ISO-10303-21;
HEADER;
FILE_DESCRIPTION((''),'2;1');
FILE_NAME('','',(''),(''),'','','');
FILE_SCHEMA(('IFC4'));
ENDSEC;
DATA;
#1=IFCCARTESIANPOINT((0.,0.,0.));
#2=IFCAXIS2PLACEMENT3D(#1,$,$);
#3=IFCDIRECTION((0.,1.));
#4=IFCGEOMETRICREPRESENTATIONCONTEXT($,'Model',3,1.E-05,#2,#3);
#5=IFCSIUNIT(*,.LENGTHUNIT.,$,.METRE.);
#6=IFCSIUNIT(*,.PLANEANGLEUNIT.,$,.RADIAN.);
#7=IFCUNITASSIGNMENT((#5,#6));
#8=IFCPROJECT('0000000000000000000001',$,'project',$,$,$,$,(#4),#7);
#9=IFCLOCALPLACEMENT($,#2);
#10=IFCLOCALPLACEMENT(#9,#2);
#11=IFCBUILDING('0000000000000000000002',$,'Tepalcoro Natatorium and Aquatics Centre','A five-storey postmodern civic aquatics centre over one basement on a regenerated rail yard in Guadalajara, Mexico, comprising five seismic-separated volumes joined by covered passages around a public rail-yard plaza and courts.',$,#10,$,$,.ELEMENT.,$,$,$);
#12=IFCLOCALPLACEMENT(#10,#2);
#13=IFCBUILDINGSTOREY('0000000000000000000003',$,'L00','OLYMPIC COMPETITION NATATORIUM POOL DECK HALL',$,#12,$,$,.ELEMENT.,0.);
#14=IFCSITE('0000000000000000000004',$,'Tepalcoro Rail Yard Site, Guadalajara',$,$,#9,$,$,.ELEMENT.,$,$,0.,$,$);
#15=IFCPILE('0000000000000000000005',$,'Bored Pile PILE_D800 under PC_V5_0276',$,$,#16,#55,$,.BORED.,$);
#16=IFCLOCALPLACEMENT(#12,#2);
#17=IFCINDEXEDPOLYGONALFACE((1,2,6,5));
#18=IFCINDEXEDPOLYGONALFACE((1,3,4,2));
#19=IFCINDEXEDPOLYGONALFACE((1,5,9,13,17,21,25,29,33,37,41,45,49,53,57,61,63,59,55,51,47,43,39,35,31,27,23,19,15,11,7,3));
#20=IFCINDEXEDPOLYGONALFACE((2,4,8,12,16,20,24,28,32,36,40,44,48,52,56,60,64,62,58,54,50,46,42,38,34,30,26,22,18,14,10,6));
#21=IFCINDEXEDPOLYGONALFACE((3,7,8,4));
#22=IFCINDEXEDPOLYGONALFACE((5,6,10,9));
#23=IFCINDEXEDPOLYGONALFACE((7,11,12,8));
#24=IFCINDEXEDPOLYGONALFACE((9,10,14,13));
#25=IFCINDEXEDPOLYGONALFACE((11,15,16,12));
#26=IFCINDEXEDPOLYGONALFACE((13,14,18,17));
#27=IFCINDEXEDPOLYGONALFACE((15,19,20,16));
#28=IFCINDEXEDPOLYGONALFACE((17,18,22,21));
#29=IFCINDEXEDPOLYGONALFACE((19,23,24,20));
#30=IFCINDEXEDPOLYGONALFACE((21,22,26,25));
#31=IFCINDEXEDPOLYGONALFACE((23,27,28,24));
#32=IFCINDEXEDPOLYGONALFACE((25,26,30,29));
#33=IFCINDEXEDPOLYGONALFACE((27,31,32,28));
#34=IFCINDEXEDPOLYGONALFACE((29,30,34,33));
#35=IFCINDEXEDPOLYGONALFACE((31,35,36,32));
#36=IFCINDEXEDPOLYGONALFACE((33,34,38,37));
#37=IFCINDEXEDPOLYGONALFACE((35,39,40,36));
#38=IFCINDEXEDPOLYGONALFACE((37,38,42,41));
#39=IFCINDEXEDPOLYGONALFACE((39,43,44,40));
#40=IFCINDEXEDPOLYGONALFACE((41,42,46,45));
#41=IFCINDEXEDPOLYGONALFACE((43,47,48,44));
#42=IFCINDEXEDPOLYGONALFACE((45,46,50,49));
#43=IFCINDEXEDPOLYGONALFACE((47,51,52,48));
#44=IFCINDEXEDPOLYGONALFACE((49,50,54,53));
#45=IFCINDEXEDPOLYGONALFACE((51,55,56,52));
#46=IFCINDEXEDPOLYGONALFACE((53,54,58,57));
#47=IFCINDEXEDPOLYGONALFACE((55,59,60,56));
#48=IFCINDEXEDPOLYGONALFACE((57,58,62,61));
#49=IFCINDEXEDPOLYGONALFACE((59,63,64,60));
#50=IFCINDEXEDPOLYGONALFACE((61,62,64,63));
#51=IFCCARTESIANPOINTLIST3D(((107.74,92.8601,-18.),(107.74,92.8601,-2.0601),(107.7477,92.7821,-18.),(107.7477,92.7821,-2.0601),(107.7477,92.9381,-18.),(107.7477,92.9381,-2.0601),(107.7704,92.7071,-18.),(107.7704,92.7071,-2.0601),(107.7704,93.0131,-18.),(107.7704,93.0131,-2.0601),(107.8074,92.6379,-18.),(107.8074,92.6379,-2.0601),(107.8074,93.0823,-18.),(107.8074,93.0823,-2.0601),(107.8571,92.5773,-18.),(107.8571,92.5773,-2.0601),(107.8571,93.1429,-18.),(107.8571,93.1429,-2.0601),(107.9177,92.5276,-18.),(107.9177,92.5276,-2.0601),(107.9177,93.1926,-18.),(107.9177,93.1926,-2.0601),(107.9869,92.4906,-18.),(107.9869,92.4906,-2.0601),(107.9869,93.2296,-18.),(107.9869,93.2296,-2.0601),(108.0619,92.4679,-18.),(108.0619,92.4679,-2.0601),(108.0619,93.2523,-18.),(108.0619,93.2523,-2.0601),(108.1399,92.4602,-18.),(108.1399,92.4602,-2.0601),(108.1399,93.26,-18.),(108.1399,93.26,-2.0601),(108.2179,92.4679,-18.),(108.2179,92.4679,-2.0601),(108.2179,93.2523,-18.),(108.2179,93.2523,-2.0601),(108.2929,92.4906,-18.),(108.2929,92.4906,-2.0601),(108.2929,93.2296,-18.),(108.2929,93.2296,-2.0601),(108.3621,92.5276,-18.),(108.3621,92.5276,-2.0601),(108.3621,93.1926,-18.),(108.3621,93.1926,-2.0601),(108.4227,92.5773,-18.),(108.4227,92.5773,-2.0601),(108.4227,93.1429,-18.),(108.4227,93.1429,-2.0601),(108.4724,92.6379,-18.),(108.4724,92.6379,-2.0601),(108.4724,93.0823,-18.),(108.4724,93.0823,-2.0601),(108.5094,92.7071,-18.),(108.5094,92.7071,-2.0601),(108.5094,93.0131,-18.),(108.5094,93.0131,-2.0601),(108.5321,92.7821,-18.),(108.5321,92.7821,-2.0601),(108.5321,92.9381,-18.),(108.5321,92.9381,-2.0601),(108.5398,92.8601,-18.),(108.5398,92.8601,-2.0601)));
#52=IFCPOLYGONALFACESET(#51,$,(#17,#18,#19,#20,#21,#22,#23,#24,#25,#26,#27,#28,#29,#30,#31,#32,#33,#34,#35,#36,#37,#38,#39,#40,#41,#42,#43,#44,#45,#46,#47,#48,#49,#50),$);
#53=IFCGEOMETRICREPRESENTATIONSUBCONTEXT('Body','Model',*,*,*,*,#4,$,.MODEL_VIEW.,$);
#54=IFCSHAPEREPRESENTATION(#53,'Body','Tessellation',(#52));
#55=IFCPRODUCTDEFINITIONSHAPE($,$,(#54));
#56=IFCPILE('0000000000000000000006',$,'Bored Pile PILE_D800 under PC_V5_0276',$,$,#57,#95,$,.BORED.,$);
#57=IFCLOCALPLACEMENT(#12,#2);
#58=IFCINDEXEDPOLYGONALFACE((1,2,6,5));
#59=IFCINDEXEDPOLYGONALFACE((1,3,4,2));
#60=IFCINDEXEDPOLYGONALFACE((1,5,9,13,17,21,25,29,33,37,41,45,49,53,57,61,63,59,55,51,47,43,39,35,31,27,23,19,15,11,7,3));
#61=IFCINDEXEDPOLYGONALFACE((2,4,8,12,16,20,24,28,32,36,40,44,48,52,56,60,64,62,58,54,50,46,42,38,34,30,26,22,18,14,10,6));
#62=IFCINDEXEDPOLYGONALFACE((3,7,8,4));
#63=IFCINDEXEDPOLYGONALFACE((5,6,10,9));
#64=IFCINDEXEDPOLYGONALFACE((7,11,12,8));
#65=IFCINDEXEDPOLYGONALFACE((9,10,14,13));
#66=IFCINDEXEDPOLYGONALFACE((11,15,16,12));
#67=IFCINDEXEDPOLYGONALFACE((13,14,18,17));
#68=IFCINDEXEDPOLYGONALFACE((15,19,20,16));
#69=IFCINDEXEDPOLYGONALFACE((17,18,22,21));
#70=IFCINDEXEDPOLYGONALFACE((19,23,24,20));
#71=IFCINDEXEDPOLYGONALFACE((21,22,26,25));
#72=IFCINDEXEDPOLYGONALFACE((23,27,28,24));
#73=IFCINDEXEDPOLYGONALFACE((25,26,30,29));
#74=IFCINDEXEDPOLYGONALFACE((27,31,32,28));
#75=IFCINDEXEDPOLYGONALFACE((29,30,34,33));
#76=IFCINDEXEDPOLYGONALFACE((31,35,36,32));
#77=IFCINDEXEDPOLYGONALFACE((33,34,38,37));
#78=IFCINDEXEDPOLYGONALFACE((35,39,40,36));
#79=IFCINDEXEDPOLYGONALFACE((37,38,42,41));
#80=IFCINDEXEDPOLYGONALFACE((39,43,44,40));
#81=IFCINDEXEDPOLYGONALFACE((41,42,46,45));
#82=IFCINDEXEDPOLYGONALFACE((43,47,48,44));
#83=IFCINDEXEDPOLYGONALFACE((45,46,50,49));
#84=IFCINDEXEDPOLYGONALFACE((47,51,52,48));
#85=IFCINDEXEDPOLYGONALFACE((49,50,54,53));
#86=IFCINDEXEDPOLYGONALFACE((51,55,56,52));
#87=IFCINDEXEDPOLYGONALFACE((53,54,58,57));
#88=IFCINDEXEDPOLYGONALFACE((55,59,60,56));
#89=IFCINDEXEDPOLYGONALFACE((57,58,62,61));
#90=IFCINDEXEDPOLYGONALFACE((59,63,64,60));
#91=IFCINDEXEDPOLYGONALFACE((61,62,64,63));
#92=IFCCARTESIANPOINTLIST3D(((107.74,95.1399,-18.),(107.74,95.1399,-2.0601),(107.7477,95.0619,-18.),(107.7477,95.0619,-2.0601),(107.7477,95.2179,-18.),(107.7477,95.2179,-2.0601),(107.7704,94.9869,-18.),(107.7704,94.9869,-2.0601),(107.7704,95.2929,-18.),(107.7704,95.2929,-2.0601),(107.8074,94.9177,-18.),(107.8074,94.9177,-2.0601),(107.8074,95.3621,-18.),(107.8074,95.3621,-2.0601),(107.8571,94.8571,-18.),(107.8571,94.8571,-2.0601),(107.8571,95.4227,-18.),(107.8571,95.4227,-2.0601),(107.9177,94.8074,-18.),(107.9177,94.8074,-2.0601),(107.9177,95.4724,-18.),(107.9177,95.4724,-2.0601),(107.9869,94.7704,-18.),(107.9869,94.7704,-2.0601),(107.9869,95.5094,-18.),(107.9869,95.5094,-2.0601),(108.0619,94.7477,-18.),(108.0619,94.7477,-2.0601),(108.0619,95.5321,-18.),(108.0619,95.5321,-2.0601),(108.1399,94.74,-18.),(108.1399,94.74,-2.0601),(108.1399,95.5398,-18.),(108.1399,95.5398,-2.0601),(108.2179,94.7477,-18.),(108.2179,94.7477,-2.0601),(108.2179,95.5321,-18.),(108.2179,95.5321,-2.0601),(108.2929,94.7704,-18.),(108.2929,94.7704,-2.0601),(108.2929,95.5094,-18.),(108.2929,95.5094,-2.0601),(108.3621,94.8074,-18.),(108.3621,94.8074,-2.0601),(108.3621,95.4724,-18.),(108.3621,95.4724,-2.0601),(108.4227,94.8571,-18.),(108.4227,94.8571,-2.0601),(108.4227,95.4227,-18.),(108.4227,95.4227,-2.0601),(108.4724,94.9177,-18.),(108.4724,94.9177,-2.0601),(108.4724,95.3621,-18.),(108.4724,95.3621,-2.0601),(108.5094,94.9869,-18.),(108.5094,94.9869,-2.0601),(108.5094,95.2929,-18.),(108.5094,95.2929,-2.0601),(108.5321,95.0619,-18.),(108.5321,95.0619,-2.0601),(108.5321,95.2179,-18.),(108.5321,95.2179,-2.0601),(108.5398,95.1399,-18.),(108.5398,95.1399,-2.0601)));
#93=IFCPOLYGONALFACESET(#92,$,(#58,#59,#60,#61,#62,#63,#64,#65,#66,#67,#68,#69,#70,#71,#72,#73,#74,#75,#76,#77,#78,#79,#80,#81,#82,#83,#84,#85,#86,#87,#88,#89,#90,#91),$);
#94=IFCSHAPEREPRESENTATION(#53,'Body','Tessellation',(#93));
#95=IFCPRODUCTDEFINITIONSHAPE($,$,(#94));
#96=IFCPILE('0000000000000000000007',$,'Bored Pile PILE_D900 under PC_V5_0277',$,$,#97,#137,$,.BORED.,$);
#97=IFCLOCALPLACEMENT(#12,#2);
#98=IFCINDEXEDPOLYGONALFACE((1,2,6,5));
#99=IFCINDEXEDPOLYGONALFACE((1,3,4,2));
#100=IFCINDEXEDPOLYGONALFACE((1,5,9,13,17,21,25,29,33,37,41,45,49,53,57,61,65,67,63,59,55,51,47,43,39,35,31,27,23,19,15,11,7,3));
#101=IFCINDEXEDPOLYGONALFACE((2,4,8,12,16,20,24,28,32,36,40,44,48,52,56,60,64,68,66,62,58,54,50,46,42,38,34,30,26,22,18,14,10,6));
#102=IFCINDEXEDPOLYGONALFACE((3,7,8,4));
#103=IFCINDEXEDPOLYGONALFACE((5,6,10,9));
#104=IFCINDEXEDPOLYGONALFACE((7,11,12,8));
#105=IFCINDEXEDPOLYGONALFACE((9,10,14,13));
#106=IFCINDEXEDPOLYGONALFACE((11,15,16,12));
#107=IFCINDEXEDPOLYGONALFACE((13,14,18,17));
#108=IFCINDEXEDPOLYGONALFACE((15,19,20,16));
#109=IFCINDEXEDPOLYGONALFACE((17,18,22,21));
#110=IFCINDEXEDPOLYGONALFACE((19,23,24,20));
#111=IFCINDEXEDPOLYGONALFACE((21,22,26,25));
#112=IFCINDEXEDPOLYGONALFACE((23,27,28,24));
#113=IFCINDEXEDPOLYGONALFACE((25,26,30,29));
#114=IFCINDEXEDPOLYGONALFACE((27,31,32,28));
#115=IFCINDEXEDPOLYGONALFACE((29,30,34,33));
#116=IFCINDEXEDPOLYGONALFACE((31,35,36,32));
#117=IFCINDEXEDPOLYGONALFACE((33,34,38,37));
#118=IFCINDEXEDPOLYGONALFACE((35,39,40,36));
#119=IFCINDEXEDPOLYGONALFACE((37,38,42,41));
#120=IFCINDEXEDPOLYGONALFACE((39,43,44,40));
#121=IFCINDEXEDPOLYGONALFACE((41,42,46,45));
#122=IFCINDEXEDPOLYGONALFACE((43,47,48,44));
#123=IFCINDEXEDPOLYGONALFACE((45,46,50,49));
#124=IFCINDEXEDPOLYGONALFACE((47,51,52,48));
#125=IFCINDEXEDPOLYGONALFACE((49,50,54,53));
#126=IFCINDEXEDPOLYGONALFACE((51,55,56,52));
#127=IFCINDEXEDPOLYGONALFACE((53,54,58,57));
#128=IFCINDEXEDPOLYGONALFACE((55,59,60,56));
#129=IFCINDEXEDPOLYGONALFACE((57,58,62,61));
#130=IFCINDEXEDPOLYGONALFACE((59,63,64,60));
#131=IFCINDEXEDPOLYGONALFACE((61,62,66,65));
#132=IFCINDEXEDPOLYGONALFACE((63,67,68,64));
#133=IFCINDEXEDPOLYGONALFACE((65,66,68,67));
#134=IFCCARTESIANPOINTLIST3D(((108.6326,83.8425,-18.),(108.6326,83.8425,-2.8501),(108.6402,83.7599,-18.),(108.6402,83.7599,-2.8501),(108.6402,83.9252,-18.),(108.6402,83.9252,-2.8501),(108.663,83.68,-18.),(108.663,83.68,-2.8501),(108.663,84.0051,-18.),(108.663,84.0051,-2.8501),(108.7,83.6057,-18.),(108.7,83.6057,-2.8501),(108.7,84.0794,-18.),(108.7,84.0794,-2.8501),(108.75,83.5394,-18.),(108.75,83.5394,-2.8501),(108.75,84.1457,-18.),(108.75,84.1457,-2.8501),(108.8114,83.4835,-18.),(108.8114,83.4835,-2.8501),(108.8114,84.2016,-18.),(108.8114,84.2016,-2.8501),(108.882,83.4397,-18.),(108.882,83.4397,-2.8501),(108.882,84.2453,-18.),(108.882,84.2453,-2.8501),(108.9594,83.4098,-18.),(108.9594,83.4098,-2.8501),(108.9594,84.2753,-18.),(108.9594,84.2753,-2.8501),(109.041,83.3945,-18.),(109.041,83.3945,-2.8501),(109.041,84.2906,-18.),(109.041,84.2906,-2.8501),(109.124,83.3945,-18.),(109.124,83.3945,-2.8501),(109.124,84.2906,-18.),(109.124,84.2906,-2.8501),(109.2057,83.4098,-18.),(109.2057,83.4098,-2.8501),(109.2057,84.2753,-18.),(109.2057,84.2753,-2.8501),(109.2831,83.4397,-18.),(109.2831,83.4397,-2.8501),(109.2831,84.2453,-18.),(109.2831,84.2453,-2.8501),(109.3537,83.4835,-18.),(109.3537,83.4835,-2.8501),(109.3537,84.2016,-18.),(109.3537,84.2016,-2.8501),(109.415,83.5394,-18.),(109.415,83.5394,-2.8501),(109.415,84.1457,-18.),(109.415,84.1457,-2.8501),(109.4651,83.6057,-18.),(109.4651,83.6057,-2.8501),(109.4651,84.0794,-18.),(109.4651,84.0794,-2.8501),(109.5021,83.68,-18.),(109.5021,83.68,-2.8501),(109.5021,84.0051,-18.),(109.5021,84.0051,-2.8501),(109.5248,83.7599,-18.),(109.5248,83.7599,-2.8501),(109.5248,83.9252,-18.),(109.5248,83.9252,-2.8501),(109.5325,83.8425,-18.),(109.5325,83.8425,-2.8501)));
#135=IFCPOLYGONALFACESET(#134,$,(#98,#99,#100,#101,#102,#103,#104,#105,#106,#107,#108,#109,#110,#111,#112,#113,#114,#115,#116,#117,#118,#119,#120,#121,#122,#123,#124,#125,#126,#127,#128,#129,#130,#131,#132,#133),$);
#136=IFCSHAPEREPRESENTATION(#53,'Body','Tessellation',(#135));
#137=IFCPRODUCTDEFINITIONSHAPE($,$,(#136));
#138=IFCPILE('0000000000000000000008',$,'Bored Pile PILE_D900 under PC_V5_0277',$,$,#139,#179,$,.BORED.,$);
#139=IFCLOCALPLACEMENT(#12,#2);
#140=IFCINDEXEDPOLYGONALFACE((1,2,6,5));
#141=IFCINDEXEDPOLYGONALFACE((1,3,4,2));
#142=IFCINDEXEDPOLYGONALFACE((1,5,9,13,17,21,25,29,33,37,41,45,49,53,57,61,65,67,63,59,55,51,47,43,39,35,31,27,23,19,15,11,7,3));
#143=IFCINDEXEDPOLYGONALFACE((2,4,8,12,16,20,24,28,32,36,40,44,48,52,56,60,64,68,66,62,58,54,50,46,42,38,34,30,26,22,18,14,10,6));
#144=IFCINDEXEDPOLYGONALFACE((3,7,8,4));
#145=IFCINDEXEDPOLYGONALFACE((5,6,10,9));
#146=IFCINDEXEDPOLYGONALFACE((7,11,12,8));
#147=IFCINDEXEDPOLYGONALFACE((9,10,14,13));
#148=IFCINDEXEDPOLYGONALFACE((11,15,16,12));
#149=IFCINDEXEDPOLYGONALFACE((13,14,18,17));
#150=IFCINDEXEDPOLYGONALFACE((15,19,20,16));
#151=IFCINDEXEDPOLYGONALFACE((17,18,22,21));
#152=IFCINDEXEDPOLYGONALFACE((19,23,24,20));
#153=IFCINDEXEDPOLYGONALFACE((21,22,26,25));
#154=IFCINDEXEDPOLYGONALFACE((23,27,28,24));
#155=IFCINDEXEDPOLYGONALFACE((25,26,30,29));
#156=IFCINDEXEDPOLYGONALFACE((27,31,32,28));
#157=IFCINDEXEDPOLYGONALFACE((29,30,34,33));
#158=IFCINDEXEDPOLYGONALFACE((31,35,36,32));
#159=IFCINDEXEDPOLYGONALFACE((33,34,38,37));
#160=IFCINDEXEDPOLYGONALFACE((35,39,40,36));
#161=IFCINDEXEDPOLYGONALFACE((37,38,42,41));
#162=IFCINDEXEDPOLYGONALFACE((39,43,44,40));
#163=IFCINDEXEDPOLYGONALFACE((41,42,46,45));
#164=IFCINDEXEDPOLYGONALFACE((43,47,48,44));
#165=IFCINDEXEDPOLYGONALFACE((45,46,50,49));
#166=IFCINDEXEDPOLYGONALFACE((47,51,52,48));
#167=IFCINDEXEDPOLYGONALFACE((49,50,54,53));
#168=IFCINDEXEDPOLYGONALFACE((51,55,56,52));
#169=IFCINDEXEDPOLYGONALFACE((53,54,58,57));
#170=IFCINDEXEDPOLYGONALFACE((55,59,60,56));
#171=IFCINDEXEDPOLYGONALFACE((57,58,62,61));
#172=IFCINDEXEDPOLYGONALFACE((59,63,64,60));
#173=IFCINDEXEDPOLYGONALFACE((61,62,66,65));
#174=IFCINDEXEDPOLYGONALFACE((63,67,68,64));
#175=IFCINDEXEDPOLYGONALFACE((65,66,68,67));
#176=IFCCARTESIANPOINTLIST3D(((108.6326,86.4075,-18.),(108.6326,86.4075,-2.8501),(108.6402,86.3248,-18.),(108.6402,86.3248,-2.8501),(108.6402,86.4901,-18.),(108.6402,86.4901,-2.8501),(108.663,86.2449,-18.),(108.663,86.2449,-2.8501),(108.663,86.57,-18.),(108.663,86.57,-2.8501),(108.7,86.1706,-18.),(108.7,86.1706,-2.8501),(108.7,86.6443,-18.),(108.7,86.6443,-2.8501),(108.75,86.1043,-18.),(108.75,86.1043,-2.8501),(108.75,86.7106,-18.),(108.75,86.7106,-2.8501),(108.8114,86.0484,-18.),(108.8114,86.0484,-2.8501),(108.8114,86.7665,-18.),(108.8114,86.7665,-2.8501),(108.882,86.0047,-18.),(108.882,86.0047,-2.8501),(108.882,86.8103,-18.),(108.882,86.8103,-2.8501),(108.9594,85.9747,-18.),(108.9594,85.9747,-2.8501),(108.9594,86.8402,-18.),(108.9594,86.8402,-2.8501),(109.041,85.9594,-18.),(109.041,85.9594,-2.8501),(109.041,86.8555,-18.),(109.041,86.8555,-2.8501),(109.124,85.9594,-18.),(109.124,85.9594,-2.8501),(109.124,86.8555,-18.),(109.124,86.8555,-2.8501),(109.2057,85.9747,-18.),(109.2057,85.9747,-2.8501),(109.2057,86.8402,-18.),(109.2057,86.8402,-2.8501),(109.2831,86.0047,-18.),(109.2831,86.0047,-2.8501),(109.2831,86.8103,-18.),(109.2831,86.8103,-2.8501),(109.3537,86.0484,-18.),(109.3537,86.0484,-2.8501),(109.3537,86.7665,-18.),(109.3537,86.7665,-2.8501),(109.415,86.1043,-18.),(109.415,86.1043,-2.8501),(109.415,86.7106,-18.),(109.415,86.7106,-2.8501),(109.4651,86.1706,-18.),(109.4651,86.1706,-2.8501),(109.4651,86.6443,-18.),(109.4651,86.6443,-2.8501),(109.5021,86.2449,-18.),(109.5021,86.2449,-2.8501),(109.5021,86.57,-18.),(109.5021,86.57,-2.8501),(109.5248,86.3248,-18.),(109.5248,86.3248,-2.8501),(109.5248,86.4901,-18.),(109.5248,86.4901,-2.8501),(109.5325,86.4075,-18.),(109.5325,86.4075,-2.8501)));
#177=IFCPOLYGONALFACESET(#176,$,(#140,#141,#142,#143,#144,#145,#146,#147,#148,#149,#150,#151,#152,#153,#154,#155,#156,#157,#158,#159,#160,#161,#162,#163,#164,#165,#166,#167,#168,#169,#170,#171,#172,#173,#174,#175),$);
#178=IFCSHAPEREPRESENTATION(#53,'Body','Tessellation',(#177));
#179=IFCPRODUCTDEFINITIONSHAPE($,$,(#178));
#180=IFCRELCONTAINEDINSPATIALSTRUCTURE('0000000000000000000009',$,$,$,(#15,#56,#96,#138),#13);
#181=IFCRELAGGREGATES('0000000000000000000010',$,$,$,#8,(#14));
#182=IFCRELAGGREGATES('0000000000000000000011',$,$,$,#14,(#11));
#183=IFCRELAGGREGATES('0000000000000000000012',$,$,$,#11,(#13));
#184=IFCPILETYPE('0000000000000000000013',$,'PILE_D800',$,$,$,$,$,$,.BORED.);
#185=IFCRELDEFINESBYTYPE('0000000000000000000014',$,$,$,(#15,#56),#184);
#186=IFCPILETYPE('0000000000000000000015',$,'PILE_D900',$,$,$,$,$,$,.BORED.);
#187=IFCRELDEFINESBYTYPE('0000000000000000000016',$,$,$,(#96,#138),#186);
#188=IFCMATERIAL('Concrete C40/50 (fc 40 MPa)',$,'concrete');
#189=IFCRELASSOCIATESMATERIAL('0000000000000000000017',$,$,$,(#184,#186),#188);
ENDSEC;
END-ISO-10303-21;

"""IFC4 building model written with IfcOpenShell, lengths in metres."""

from ifc_helpers import new_model, si_unit, direction, frame, origin, origin_2d, place, context, subcontext, project, spatial, circle, extrude, material, material_profile, profile_set, type_object, element, save


model = new_model("IFC4")

# Units and contexts
model_context = context("Model", 3, precision=1e-05, world=origin(), true_north=direction((0.0, 1.0)))
body_context = subcontext(model_context, "Body", "Model", "MODEL_VIEW")
ifc_project = project(units=[si_unit("LENGTHUNIT", "METRE"), si_unit("PLANEANGLEUNIT", "RADIAN")], contexts=[model_context])

# Site, building, storey
site_placement = place(None, origin())
site = spatial("IfcSite", under=ifc_project, at=site_placement, Name="Tepalcoro Rail Yard Site, Guadalajara", CompositionType="ELEMENT", RefElevation=0.0)
building_placement = place(site_placement, origin())
building = spatial("IfcBuilding", under=site, at=building_placement, Name="Tepalcoro Natatorium and Aquatics Centre", Description="A five-storey postmodern civic aquatics centre over one basement on a regenerated rail yard in Guadalajara, Mexico, comprising five seismic-separated volumes joined by covered passages around a public rail-yard plaza and courts.", CompositionType="ELEMENT")
storey_placement = place(building_placement, origin())
storey = spatial("IfcBuildingStorey", under=building, at=storey_placement, Name="L00", Description="OLYMPIC COMPETITION NATATORIUM POOL DECK HALL", CompositionType="ELEMENT", Elevation=0.0)

# Piles
ifc_material_1 = material(Name="Concrete C40/50 (fc 40 MPa)", Category="concrete")
ifc_material_profile_1 = material_profile(ifc_material_1, circle(Radius=0.3999, at=origin_2d()), Name="PILE_D800")
ifc_profile_set_1 = profile_set([ifc_material_profile_1], Name="Concrete C40/50 (fc 40 MPa)")
pile_type_1 = type_object("IfcPileType", Name="PILE_D800", PredefinedType="BORED", material=ifc_profile_set_1)
for number, where, z_axis, x_axis, name in (
    (1, (108.1399, 92.8601, -2.0601), (0.0, 0.0, -1.0), (1.0, 0.0, 0.0), "Bored Pile PILE_D800 under PC_V5_0276"),
    (2, (108.1399, 95.1399, -2.0601), (0.0, 0.0, -1.0), (1.0, 0.0, 0.0), "Bored Pile PILE_D800 under PC_V5_0276"),
):
    element("IfcPile", number, at=place(storey_placement, frame(where, z_axis=z_axis, x_axis=x_axis)), inside=storey, type_object=pile_type_1, Name=name, PredefinedType="BORED", context=body_context, shape_type="SweptSolid", body=[
        extrude(circle(Radius=0.3999, at=origin_2d()), origin(), (0.0, 0.0, 1.0), 15.9399),
    ])
ifc_material_profile_2 = material_profile(ifc_material_1, circle(Radius=0.45, at=origin_2d()), Name="PILE_D900")
ifc_profile_set_2 = profile_set([ifc_material_profile_2], Name="Concrete C40/50 (fc 40 MPa)")
pile_type_2 = type_object("IfcPileType", Name="PILE_D900", PredefinedType="BORED", material=ifc_profile_set_2)
for number, where, z_axis, x_axis, name in (
    (3, (109.0825, 83.8425, -2.8501), (0.0, 0.0, -1.0), (1.0, 0.0, 0.0), "Bored Pile PILE_D900 under PC_V5_0277"),
    (4, (109.0825, 86.4075, -2.8501), (0.0, 0.0, -1.0), (1.0, 0.0, 0.0), "Bored Pile PILE_D900 under PC_V5_0277"),
):
    element("IfcPile", number, at=place(storey_placement, frame(where, z_axis=z_axis, x_axis=x_axis)), inside=storey, type_object=pile_type_2, Name=name, PredefinedType="BORED", context=body_context, shape_type="SweptSolid", body=[
        extrude(circle(Radius=0.45, at=origin_2d()), origin(), (0.0, 0.0, 1.0), 15.1499),
    ])

save(model, "model.ifc")
